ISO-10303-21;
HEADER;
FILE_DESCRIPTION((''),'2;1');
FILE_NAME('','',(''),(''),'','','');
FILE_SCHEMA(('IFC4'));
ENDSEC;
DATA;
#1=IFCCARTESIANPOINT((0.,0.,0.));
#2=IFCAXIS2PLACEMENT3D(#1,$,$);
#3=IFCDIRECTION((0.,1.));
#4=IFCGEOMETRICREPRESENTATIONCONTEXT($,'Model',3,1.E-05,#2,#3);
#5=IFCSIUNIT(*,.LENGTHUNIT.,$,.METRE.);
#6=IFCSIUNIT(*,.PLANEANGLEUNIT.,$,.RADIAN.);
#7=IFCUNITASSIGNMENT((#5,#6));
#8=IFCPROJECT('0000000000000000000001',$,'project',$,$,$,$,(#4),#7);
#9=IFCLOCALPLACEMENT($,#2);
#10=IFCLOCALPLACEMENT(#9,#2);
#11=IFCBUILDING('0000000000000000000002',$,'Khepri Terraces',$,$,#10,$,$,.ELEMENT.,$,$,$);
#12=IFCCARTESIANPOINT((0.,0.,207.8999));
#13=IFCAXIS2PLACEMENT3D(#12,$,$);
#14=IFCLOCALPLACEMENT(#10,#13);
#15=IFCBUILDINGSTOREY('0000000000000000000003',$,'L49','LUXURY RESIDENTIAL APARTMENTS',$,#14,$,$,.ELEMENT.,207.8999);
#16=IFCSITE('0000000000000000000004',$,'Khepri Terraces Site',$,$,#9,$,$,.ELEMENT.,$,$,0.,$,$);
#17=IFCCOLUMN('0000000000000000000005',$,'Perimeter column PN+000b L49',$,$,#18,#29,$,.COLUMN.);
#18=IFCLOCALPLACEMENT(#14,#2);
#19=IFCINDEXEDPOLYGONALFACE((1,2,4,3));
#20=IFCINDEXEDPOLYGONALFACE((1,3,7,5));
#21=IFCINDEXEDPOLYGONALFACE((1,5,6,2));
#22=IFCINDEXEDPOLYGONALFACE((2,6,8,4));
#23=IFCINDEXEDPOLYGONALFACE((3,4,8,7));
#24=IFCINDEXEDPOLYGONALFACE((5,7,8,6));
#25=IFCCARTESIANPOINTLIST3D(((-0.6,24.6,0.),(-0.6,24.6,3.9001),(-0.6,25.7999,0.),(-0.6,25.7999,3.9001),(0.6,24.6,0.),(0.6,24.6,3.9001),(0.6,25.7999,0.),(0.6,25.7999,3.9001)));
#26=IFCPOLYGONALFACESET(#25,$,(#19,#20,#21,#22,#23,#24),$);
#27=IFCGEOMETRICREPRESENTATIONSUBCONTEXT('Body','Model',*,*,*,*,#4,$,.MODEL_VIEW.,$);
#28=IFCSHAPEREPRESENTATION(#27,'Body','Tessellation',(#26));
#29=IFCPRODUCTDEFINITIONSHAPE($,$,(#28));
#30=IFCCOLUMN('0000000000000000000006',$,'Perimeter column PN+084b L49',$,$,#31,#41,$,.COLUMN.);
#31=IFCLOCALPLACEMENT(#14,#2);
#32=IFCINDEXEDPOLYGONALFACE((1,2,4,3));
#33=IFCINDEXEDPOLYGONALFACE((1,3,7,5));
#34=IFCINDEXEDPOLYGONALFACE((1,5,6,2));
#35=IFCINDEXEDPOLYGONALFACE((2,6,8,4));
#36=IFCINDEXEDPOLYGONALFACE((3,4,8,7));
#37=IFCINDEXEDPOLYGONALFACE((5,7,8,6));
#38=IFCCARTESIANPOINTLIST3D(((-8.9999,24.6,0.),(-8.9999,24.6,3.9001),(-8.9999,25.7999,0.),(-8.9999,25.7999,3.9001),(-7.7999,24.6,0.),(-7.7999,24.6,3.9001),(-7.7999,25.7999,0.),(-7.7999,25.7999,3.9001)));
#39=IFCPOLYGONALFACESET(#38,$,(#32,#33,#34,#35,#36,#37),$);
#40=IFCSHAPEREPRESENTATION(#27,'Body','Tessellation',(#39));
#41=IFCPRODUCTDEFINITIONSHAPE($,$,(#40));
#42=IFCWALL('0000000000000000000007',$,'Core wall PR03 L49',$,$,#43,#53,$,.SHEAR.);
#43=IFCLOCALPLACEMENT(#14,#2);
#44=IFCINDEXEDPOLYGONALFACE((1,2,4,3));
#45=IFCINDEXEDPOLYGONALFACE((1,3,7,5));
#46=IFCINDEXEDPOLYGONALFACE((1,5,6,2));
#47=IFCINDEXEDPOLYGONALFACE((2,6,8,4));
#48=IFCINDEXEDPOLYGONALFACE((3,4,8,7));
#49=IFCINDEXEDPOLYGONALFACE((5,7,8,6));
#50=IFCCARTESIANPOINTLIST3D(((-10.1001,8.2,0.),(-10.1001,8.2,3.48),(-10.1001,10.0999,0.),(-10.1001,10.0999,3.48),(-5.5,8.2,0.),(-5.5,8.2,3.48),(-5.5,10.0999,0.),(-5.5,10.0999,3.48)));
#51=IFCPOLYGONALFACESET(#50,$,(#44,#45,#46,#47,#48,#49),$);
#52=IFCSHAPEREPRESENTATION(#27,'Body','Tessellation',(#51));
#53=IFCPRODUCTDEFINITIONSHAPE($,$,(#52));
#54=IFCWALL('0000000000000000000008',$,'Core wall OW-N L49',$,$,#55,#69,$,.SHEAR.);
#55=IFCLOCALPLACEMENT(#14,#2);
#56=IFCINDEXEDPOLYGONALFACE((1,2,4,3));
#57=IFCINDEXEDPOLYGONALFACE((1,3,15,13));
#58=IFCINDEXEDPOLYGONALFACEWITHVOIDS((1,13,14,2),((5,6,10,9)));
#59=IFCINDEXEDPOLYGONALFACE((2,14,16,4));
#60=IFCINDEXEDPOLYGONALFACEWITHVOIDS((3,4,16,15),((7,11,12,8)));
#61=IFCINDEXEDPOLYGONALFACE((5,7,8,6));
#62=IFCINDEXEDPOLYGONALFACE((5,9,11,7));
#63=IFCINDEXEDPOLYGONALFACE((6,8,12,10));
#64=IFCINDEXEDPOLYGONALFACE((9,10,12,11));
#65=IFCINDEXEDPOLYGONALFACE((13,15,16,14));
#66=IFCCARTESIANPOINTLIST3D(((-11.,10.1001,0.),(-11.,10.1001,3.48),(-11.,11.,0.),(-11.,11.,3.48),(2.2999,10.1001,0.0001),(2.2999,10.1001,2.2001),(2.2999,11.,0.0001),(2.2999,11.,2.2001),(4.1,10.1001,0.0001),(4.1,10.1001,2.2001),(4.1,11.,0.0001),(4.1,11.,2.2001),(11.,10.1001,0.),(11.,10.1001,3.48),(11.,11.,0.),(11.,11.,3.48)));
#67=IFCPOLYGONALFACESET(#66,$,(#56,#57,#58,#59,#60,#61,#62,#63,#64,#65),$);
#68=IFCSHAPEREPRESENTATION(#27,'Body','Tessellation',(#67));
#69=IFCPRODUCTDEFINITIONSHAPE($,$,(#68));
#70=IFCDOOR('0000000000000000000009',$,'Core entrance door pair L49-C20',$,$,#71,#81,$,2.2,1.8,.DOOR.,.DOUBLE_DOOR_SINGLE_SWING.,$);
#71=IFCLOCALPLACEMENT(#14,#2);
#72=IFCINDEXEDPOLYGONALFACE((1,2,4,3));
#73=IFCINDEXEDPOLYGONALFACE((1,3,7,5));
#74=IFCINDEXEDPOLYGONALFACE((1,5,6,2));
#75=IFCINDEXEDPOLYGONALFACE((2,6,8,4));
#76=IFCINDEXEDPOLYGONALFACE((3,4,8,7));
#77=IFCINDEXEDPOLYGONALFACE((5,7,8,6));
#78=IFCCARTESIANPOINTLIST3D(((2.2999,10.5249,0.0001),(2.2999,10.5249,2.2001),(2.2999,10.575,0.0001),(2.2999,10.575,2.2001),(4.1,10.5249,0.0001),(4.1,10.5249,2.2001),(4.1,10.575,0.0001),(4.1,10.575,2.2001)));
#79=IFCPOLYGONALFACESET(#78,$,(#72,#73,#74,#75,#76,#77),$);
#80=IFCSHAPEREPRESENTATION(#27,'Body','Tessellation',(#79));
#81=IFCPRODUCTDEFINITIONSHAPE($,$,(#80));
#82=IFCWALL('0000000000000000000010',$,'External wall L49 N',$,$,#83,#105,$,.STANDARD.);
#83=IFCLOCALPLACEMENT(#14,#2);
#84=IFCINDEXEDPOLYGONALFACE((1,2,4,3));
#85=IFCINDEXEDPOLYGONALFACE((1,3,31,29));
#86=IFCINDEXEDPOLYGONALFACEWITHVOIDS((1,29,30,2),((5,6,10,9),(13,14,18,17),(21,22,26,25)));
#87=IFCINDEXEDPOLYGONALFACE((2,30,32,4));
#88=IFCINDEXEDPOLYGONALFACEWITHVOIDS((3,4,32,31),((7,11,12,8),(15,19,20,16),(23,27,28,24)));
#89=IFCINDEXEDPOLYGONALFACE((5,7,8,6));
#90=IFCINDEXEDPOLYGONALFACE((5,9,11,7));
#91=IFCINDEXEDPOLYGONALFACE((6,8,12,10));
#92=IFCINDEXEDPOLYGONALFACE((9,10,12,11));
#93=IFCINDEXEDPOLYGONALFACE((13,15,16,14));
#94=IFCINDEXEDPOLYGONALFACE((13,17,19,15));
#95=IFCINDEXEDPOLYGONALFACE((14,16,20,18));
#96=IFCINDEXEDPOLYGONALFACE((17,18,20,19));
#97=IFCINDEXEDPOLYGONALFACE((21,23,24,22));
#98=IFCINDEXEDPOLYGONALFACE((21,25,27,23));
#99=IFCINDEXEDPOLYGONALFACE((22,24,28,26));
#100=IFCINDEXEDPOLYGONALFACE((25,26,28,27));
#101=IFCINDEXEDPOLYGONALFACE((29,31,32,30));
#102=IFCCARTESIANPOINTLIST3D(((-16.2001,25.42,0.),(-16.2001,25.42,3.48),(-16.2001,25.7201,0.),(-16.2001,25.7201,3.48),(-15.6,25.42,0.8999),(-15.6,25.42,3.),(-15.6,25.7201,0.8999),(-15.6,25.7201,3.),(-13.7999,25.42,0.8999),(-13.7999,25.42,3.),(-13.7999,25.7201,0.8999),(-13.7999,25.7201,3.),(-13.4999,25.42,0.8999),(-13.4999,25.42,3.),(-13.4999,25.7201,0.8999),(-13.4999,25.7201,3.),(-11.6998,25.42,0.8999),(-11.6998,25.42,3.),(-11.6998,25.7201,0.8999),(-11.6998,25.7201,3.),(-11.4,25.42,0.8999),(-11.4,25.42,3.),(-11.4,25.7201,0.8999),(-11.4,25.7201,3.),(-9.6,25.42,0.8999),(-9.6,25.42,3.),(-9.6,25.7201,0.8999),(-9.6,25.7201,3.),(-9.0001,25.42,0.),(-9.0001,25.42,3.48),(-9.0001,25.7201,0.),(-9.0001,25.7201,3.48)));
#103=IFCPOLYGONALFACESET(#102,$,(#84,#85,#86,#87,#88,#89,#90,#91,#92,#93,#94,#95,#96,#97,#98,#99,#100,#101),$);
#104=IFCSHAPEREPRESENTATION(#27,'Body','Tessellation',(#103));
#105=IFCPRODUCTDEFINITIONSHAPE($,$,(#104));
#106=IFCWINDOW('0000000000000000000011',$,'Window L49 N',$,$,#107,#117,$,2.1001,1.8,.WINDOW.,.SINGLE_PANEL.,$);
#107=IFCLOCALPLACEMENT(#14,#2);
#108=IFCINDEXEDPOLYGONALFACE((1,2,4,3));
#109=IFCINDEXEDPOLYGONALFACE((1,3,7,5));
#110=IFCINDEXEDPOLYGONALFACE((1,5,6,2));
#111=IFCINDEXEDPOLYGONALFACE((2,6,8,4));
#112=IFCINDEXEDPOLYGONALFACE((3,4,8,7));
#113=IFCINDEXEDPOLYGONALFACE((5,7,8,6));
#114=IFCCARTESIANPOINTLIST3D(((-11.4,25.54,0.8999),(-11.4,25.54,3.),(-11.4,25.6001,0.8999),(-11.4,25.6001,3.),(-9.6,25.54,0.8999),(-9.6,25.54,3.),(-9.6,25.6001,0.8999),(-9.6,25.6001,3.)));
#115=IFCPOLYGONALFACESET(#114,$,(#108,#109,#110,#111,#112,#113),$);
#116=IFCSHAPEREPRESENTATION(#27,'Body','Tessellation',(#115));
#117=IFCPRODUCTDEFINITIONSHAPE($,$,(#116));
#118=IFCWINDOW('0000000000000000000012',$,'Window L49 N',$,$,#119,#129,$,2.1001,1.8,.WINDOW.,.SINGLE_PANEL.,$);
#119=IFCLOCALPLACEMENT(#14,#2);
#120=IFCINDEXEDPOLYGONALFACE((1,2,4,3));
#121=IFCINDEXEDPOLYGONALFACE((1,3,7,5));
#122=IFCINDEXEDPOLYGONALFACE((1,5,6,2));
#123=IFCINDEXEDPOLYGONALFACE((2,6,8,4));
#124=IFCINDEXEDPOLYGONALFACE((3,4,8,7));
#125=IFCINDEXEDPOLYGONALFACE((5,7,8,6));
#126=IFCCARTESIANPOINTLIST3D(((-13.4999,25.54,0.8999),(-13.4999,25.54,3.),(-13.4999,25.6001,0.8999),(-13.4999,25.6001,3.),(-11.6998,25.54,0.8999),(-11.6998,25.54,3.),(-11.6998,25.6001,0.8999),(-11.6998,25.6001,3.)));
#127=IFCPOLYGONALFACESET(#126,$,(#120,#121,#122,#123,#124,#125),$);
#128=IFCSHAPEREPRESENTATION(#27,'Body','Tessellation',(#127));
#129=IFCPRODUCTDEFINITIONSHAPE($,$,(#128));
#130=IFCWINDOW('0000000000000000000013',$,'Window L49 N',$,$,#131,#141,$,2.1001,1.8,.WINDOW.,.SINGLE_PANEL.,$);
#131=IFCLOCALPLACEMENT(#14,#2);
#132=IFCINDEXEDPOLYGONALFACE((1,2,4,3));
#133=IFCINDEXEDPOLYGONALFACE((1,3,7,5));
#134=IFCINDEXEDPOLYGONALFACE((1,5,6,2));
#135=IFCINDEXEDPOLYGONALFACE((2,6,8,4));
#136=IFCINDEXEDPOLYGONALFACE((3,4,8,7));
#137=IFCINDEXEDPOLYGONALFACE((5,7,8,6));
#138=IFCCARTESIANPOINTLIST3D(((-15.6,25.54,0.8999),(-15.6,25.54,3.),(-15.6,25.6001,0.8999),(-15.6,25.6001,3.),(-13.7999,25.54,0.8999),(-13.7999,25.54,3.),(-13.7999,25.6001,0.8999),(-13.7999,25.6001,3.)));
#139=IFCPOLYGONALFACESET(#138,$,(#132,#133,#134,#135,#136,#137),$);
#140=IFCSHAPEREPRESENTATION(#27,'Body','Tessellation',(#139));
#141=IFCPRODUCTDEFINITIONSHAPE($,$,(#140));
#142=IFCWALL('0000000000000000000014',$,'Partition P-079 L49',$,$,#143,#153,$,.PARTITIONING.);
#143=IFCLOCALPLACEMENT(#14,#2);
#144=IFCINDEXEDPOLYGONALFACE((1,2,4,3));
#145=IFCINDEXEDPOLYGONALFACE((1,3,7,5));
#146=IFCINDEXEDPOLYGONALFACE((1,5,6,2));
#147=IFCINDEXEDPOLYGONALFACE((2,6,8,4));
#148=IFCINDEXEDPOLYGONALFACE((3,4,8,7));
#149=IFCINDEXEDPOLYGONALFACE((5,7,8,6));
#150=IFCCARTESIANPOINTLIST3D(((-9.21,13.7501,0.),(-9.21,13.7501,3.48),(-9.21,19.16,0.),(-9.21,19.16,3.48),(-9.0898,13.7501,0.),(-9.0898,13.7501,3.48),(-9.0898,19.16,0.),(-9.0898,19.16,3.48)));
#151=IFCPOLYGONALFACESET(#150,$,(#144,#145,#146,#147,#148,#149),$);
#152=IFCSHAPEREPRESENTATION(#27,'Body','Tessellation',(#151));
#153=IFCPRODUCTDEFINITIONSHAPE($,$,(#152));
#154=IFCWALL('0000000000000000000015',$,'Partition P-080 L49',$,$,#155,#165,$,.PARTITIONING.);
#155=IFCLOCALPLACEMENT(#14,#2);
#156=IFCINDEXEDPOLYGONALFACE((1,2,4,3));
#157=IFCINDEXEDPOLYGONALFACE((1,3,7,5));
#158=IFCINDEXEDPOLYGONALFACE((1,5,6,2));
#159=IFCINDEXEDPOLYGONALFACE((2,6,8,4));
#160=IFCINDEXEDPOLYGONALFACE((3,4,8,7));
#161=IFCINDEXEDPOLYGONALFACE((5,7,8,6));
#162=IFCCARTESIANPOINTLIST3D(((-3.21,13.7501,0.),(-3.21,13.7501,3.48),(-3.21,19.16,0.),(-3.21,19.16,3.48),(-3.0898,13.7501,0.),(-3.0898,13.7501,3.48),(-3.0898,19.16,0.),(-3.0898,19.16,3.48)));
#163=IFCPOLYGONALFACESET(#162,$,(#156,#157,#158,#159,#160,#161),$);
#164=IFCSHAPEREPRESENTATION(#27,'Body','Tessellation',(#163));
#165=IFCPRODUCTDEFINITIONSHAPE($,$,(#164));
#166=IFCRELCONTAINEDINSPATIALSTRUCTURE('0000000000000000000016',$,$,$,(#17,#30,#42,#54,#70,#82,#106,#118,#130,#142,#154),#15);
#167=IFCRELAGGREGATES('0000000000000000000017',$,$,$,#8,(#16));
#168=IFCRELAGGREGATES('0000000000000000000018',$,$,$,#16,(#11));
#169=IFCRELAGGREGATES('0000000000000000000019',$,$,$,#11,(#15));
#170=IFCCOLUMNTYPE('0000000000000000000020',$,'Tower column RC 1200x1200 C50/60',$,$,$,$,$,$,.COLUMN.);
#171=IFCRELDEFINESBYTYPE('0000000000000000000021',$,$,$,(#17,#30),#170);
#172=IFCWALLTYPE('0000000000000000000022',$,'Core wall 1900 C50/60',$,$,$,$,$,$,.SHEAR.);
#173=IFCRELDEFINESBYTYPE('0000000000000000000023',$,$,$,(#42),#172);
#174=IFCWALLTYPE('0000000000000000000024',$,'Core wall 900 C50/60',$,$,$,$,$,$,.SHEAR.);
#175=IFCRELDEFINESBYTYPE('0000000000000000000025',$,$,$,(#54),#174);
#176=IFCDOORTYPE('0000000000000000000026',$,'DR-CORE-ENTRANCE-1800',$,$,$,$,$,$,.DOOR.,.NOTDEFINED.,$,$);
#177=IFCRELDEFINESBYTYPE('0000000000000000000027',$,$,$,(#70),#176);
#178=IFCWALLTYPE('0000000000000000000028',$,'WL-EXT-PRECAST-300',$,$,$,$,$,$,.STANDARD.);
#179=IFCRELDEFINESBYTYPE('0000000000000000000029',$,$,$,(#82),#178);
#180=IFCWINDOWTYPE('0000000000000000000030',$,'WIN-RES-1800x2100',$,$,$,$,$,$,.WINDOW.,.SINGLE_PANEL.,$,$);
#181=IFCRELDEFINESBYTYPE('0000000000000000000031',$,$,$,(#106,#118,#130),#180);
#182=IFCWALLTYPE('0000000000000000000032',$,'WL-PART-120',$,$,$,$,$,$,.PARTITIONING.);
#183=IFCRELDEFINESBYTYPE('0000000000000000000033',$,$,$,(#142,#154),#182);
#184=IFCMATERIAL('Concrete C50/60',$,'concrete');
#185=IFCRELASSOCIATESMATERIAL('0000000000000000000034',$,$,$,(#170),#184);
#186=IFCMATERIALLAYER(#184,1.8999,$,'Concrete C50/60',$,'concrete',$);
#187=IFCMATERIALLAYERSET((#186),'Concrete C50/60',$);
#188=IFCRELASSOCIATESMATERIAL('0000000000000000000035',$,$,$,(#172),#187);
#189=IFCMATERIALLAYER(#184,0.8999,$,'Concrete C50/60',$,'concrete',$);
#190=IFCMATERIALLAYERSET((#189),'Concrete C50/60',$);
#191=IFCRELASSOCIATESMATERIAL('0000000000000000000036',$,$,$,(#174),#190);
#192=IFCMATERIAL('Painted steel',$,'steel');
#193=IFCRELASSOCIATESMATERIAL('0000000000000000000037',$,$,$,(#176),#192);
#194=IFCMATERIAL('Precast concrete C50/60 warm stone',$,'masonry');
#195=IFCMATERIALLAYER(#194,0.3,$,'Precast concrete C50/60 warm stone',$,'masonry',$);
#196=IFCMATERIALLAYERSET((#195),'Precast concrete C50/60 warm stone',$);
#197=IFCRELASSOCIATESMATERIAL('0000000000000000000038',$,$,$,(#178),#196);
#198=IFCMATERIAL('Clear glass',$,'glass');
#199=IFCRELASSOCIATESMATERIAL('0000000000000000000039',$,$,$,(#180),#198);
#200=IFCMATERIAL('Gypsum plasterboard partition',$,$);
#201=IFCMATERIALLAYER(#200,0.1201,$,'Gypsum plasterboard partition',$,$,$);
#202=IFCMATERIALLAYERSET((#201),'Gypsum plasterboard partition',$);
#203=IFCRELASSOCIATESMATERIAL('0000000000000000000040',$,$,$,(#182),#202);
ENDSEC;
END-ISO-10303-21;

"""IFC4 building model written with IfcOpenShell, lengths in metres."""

from ifc_helpers import new_model, si_unit, direction, frame, frame_2d, origin, origin_2d, place, context, subcontext, project, spatial, rectangle, extrude, material, layer, layer_set, material_profile, profile_set, type_object, element, fill, save


model = new_model("IFC4")

# Units and contexts
model_context = context("Model", 3, precision=1e-05, world=origin(), true_north=direction((0.0, 1.0)))
body_context = subcontext(model_context, "Body", "Model", "MODEL_VIEW")
ifc_project = project(units=[si_unit("LENGTHUNIT", "METRE"), si_unit("PLANEANGLEUNIT", "RADIAN")], contexts=[model_context])

# Site, building, storey
site_placement = place(None, origin())
site = spatial("IfcSite", under=ifc_project, at=site_placement, Name="Khepri Terraces Site", CompositionType="ELEMENT", RefElevation=0.0)
building_placement = place(site_placement, origin())
building = spatial("IfcBuilding", under=site, at=building_placement, Name="Khepri Terraces", CompositionType="ELEMENT")
storey_placement = place(building_placement, frame((0.0, 0.0, 207.8999)))
storey = spatial("IfcBuildingStorey", under=building, at=storey_placement, Name="L49", Description="LUXURY RESIDENTIAL APARTMENTS", CompositionType="ELEMENT", Elevation=207.8999)

# Columns
ifc_material_1 = material(Name="Concrete C50/60", Category="concrete")
ifc_material_profile = material_profile(ifc_material_1, rectangle(XDim=1.2, YDim=1.2, at=origin_2d()), Name="Concrete C50/60", Category="concrete")
ifc_profile_set = profile_set([ifc_material_profile], Name="Concrete C50/60")
column_type = type_object("IfcColumnType", Name="Tower column RC 1200x1200 C50/60", PredefinedType="COLUMN", material=ifc_profile_set)
for number, where, z_axis, x_axis, name in (
    (1, (0.0, 25.2, 0.0), (0.0, 0.0, 1.0), (1.0, 0.0, 0.0), "Perimeter column PN+000b L49"),
    (2, (-8.3999, 25.2, 0.0), (0.0, 0.0, 1.0), (1.0, 0.0, 0.0), "Perimeter column PN+084b L49"),
):
    element("IfcColumn", number, at=place(storey_placement, frame(where, z_axis=z_axis, x_axis=x_axis)), inside=storey, type_object=column_type, Name=name, PredefinedType="COLUMN", context=body_context, shape_type="SweptSolid", body=[
        extrude(rectangle(XDim=1.2, YDim=1.2, at=origin_2d()), origin(), (0.0, 0.0, 1.0), 3.9001),
    ])

# Wall
ifc_layer_1 = layer(ifc_material_1, 1.8999, Name="Concrete C50/60", Category="concrete")
ifc_layer_set_1 = layer_set([ifc_layer_1], Name="Concrete C50/60")
wall_type_1 = type_object("IfcWallType", Name="Core wall 1900 C50/60", PredefinedType="SHEAR", material=ifc_layer_set_1)
wall_1_placement = place(storey_placement, frame((-10.1001, 9.1499, 0.0), z_axis=(0.0, 0.0, 1.0), x_axis=(1.0, 0.0, 0.0)))
element("IfcWall", 3, at=wall_1_placement, inside=storey, type_object=wall_type_1, Name="Core wall PR03 L49", PredefinedType="SHEAR", context=body_context, shape_type="SweptSolid", body=[
    extrude(rectangle(XDim=4.6001, YDim=1.8999, at=frame_2d((2.3, 0.0))), origin(), (0.0, 0.0, 1.0), 3.48),
])

# Wall, opening, door
ifc_layer_2 = layer(ifc_material_1, 0.8999, Name="Concrete C50/60", Category="concrete")
ifc_layer_set_2 = layer_set([ifc_layer_2], Name="Concrete C50/60")
wall_type_2 = type_object("IfcWallType", Name="Core wall 900 C50/60", PredefinedType="SHEAR", material=ifc_layer_set_2)
wall_2_placement = place(storey_placement, frame((-11.0, 10.55, 0.0), z_axis=(0.0, 0.0, 1.0), x_axis=(1.0, 0.0, 0.0)))
wall_2 = element("IfcWall", 4, at=wall_2_placement, inside=storey, type_object=wall_type_2, Name="Core wall OW-N L49", PredefinedType="SHEAR", context=body_context, shape_type="SweptSolid", body=[
    extrude(rectangle(XDim=22.0, YDim=0.8999, at=frame_2d((11.0, 0.0))), origin(), (0.0, 0.0, 1.0), 3.48),
])
opening_1_placement = place(wall_2_placement, frame((13.3, 0.0, 0.0)))
opening_1 = element("IfcOpeningElement", 5, at=opening_1_placement, cuts=wall_2, PredefinedType="OPENING", context=body_context, shape_type="SweptSolid", body=[
    extrude(rectangle(XDim=1.8, YDim=2.2, at=frame_2d((0.8999, 1.1001))), frame((0.0, 0.46, 0.0), z_axis=(0.0, -1.0, 0.0), x_axis=(1.0, 0.0, 0.0)), (0.0, 0.0, 1.0), 0.9199),
])
ifc_material_2 = material(Name="Painted steel", Category="steel")
door_type_1 = type_object("IfcDoorType", Name="DR-CORE-ENTRANCE-1800", OperationType="NOTDEFINED", PredefinedType="DOOR", material=ifc_material_2)
door_1_placement = place(opening_1_placement, origin())
door_1 = element("IfcDoor", 6, at=door_1_placement, inside=storey, type_object=door_type_1, Name="Core entrance door pair L49-C20", OperationType="DOUBLE_DOOR_SINGLE_SWING", OverallHeight=2.2, OverallWidth=1.8, PredefinedType="DOOR", context=body_context, shape_type="SweptSolid", body=[
    extrude(rectangle(XDim=1.8, YDim=2.2, at=frame_2d((0.8999, 1.1001))), frame((0.0, 0.0249, 0.0), z_axis=(0.0, -1.0, 0.0), x_axis=(1.0, 0.0, 0.0)), (0.0, 0.0, 1.0), 0.05),
])
fill(opening_1, door_1)

# Shared definitions
ifc_material_3 = material(Name="Precast concrete C50/60 warm stone", Category="masonry")
ifc_layer_3 = layer(ifc_material_3, 0.3, Name="Precast concrete C50/60 warm stone", Category="masonry")
ifc_layer_set_3 = layer_set([ifc_layer_3], Name="Precast concrete C50/60 warm stone")
wall_type_3 = type_object("IfcWallType", Name="WL-EXT-PRECAST-300", PredefinedType="STANDARD", material=ifc_layer_set_3)
ifc_material_4 = material(Name="Clear glass", Category="glass")
window_type = type_object("IfcWindowType", Name="WIN-RES-1800x2100", PartitioningType="SINGLE_PANEL", PredefinedType="WINDOW", material=ifc_material_4)

# Wall, openings, windows
wall_3_placement = place(storey_placement, frame((-9.0, 25.5701, 0.0), z_axis=(0.0, 0.0, 1.0), x_axis=(-1.0, 0.0, 0.0)))
wall_3 = element("IfcWall", 7, at=wall_3_placement, inside=storey, type_object=wall_type_3, Name="External wall L49 N", PredefinedType="STANDARD", context=body_context, shape_type="SweptSolid", body=[
    extrude(rectangle(XDim=7.2, YDim=0.3, at=frame_2d((3.6001, 0.0))), origin(), (0.0, 0.0, 1.0), 3.48),
])
opening_2_placement = place(wall_3_placement, frame((0.6001, 0.0, 0.8999)))
opening_2 = element("IfcOpeningElement", 8, at=opening_2_placement, cuts=wall_3, PredefinedType="OPENING", context=body_context, shape_type="SweptSolid", body=[
    extrude(rectangle(XDim=1.8, YDim=2.1001, at=frame_2d((0.8999, 1.05))), frame((0.0, 0.1602, 0.0), z_axis=(0.0, -1.0, 0.0), x_axis=(1.0, 0.0, 0.0)), (0.0, 0.0, 1.0), 0.3201),
])
opening_3_placement = place(wall_3_placement, frame((2.7, 0.0, 0.8999)))
opening_3 = element("IfcOpeningElement", 9, at=opening_3_placement, cuts=wall_3, PredefinedType="OPENING", context=body_context, shape_type="SweptSolid", body=[
    extrude(rectangle(XDim=1.8, YDim=2.1001, at=frame_2d((0.8999, 1.05))), frame((0.0, 0.1602, 0.0), z_axis=(0.0, -1.0, 0.0), x_axis=(1.0, 0.0, 0.0)), (0.0, 0.0, 1.0), 0.3201),
])
opening_4_placement = place(wall_3_placement, frame((4.8, 0.0, 0.8999)))
opening_4 = element("IfcOpeningElement", 10, at=opening_4_placement, cuts=wall_3, PredefinedType="OPENING", context=body_context, shape_type="SweptSolid", body=[
    extrude(rectangle(XDim=1.8, YDim=2.1001, at=frame_2d((0.8999, 1.05))), frame((0.0, 0.1602, 0.0), z_axis=(0.0, -1.0, 0.0), x_axis=(1.0, 0.0, 0.0)), (0.0, 0.0, 1.0), 0.3201),
])
window_1_placement = place(opening_2_placement, origin())
window_1 = element("IfcWindow", 11, at=window_1_placement, inside=storey, type_object=window_type, Name="Window L49 N", OverallHeight=2.1001, OverallWidth=1.8, PartitioningType="SINGLE_PANEL", PredefinedType="WINDOW", context=body_context, shape_type="SweptSolid", body=[
    extrude(rectangle(XDim=1.8, YDim=2.1001, at=frame_2d((0.8999, 1.05))), frame((0.0, 0.03, 0.0), z_axis=(0.0, -1.0, 0.0), x_axis=(1.0, 0.0, 0.0)), (0.0, 0.0, 1.0), 0.0601),
])
fill(opening_2, window_1)
window_2_placement = place(opening_3_placement, origin())
window_2 = element("IfcWindow", 12, at=window_2_placement, inside=storey, type_object=window_type, Name="Window L49 N", OverallHeight=2.1001, OverallWidth=1.8, PartitioningType="SINGLE_PANEL", PredefinedType="WINDOW", context=body_context, shape_type="SweptSolid", body=[
    extrude(rectangle(XDim=1.8, YDim=2.1001, at=frame_2d((0.8999, 1.05))), frame((0.0, 0.03, 0.0), z_axis=(0.0, -1.0, 0.0), x_axis=(1.0, 0.0, 0.0)), (0.0, 0.0, 1.0), 0.0601),
])
fill(opening_3, window_2)
window_3_placement = place(opening_4_placement, origin())
window_3 = element("IfcWindow", 13, at=window_3_placement, inside=storey, type_object=window_type, Name="Window L49 N", OverallHeight=2.1001, OverallWidth=1.8, PartitioningType="SINGLE_PANEL", PredefinedType="WINDOW", context=body_context, shape_type="SweptSolid", body=[
    extrude(rectangle(XDim=1.8, YDim=2.1001, at=frame_2d((0.8999, 1.05))), frame((0.0, 0.03, 0.0), z_axis=(0.0, -1.0, 0.0), x_axis=(1.0, 0.0, 0.0)), (0.0, 0.0, 1.0), 0.0601),
])
fill(opening_4, window_3)

# Walls
ifc_material_5 = material(Name="Gypsum plasterboard partition")
ifc_layer_4 = layer(ifc_material_5, 0.1201, Name="Gypsum plasterboard partition")
ifc_layer_set_4 = layer_set([ifc_layer_4], Name="Gypsum plasterboard partition")
wall_type_4 = type_object("IfcWallType", Name="WL-PART-120", PredefinedType="PARTITIONING", material=ifc_layer_set_4)
for number, where, z_axis, x_axis, name in (
    (14, (-9.1499, 13.75, 0.0), (0.0, 0.0, 1.0), (0.0, 1.0, 0.0), "Partition P-079 L49"),
    (15, (-3.1499, 13.75, 0.0), (0.0, 0.0, 1.0), (0.0, 1.0, 0.0), "Partition P-080 L49"),
):
    element("IfcWall", number, at=place(storey_placement, frame(where, z_axis=z_axis, x_axis=x_axis)), inside=storey, type_object=wall_type_4, Name=name, PredefinedType="PARTITIONING", context=body_context, shape_type="SweptSolid", body=[
        extrude(rectangle(XDim=5.4099, YDim=0.1201, at=frame_2d((2.7051, 0.0))), origin(), (0.0, 0.0, 1.0), 3.48),
    ])

save(model, "model.ifc")
